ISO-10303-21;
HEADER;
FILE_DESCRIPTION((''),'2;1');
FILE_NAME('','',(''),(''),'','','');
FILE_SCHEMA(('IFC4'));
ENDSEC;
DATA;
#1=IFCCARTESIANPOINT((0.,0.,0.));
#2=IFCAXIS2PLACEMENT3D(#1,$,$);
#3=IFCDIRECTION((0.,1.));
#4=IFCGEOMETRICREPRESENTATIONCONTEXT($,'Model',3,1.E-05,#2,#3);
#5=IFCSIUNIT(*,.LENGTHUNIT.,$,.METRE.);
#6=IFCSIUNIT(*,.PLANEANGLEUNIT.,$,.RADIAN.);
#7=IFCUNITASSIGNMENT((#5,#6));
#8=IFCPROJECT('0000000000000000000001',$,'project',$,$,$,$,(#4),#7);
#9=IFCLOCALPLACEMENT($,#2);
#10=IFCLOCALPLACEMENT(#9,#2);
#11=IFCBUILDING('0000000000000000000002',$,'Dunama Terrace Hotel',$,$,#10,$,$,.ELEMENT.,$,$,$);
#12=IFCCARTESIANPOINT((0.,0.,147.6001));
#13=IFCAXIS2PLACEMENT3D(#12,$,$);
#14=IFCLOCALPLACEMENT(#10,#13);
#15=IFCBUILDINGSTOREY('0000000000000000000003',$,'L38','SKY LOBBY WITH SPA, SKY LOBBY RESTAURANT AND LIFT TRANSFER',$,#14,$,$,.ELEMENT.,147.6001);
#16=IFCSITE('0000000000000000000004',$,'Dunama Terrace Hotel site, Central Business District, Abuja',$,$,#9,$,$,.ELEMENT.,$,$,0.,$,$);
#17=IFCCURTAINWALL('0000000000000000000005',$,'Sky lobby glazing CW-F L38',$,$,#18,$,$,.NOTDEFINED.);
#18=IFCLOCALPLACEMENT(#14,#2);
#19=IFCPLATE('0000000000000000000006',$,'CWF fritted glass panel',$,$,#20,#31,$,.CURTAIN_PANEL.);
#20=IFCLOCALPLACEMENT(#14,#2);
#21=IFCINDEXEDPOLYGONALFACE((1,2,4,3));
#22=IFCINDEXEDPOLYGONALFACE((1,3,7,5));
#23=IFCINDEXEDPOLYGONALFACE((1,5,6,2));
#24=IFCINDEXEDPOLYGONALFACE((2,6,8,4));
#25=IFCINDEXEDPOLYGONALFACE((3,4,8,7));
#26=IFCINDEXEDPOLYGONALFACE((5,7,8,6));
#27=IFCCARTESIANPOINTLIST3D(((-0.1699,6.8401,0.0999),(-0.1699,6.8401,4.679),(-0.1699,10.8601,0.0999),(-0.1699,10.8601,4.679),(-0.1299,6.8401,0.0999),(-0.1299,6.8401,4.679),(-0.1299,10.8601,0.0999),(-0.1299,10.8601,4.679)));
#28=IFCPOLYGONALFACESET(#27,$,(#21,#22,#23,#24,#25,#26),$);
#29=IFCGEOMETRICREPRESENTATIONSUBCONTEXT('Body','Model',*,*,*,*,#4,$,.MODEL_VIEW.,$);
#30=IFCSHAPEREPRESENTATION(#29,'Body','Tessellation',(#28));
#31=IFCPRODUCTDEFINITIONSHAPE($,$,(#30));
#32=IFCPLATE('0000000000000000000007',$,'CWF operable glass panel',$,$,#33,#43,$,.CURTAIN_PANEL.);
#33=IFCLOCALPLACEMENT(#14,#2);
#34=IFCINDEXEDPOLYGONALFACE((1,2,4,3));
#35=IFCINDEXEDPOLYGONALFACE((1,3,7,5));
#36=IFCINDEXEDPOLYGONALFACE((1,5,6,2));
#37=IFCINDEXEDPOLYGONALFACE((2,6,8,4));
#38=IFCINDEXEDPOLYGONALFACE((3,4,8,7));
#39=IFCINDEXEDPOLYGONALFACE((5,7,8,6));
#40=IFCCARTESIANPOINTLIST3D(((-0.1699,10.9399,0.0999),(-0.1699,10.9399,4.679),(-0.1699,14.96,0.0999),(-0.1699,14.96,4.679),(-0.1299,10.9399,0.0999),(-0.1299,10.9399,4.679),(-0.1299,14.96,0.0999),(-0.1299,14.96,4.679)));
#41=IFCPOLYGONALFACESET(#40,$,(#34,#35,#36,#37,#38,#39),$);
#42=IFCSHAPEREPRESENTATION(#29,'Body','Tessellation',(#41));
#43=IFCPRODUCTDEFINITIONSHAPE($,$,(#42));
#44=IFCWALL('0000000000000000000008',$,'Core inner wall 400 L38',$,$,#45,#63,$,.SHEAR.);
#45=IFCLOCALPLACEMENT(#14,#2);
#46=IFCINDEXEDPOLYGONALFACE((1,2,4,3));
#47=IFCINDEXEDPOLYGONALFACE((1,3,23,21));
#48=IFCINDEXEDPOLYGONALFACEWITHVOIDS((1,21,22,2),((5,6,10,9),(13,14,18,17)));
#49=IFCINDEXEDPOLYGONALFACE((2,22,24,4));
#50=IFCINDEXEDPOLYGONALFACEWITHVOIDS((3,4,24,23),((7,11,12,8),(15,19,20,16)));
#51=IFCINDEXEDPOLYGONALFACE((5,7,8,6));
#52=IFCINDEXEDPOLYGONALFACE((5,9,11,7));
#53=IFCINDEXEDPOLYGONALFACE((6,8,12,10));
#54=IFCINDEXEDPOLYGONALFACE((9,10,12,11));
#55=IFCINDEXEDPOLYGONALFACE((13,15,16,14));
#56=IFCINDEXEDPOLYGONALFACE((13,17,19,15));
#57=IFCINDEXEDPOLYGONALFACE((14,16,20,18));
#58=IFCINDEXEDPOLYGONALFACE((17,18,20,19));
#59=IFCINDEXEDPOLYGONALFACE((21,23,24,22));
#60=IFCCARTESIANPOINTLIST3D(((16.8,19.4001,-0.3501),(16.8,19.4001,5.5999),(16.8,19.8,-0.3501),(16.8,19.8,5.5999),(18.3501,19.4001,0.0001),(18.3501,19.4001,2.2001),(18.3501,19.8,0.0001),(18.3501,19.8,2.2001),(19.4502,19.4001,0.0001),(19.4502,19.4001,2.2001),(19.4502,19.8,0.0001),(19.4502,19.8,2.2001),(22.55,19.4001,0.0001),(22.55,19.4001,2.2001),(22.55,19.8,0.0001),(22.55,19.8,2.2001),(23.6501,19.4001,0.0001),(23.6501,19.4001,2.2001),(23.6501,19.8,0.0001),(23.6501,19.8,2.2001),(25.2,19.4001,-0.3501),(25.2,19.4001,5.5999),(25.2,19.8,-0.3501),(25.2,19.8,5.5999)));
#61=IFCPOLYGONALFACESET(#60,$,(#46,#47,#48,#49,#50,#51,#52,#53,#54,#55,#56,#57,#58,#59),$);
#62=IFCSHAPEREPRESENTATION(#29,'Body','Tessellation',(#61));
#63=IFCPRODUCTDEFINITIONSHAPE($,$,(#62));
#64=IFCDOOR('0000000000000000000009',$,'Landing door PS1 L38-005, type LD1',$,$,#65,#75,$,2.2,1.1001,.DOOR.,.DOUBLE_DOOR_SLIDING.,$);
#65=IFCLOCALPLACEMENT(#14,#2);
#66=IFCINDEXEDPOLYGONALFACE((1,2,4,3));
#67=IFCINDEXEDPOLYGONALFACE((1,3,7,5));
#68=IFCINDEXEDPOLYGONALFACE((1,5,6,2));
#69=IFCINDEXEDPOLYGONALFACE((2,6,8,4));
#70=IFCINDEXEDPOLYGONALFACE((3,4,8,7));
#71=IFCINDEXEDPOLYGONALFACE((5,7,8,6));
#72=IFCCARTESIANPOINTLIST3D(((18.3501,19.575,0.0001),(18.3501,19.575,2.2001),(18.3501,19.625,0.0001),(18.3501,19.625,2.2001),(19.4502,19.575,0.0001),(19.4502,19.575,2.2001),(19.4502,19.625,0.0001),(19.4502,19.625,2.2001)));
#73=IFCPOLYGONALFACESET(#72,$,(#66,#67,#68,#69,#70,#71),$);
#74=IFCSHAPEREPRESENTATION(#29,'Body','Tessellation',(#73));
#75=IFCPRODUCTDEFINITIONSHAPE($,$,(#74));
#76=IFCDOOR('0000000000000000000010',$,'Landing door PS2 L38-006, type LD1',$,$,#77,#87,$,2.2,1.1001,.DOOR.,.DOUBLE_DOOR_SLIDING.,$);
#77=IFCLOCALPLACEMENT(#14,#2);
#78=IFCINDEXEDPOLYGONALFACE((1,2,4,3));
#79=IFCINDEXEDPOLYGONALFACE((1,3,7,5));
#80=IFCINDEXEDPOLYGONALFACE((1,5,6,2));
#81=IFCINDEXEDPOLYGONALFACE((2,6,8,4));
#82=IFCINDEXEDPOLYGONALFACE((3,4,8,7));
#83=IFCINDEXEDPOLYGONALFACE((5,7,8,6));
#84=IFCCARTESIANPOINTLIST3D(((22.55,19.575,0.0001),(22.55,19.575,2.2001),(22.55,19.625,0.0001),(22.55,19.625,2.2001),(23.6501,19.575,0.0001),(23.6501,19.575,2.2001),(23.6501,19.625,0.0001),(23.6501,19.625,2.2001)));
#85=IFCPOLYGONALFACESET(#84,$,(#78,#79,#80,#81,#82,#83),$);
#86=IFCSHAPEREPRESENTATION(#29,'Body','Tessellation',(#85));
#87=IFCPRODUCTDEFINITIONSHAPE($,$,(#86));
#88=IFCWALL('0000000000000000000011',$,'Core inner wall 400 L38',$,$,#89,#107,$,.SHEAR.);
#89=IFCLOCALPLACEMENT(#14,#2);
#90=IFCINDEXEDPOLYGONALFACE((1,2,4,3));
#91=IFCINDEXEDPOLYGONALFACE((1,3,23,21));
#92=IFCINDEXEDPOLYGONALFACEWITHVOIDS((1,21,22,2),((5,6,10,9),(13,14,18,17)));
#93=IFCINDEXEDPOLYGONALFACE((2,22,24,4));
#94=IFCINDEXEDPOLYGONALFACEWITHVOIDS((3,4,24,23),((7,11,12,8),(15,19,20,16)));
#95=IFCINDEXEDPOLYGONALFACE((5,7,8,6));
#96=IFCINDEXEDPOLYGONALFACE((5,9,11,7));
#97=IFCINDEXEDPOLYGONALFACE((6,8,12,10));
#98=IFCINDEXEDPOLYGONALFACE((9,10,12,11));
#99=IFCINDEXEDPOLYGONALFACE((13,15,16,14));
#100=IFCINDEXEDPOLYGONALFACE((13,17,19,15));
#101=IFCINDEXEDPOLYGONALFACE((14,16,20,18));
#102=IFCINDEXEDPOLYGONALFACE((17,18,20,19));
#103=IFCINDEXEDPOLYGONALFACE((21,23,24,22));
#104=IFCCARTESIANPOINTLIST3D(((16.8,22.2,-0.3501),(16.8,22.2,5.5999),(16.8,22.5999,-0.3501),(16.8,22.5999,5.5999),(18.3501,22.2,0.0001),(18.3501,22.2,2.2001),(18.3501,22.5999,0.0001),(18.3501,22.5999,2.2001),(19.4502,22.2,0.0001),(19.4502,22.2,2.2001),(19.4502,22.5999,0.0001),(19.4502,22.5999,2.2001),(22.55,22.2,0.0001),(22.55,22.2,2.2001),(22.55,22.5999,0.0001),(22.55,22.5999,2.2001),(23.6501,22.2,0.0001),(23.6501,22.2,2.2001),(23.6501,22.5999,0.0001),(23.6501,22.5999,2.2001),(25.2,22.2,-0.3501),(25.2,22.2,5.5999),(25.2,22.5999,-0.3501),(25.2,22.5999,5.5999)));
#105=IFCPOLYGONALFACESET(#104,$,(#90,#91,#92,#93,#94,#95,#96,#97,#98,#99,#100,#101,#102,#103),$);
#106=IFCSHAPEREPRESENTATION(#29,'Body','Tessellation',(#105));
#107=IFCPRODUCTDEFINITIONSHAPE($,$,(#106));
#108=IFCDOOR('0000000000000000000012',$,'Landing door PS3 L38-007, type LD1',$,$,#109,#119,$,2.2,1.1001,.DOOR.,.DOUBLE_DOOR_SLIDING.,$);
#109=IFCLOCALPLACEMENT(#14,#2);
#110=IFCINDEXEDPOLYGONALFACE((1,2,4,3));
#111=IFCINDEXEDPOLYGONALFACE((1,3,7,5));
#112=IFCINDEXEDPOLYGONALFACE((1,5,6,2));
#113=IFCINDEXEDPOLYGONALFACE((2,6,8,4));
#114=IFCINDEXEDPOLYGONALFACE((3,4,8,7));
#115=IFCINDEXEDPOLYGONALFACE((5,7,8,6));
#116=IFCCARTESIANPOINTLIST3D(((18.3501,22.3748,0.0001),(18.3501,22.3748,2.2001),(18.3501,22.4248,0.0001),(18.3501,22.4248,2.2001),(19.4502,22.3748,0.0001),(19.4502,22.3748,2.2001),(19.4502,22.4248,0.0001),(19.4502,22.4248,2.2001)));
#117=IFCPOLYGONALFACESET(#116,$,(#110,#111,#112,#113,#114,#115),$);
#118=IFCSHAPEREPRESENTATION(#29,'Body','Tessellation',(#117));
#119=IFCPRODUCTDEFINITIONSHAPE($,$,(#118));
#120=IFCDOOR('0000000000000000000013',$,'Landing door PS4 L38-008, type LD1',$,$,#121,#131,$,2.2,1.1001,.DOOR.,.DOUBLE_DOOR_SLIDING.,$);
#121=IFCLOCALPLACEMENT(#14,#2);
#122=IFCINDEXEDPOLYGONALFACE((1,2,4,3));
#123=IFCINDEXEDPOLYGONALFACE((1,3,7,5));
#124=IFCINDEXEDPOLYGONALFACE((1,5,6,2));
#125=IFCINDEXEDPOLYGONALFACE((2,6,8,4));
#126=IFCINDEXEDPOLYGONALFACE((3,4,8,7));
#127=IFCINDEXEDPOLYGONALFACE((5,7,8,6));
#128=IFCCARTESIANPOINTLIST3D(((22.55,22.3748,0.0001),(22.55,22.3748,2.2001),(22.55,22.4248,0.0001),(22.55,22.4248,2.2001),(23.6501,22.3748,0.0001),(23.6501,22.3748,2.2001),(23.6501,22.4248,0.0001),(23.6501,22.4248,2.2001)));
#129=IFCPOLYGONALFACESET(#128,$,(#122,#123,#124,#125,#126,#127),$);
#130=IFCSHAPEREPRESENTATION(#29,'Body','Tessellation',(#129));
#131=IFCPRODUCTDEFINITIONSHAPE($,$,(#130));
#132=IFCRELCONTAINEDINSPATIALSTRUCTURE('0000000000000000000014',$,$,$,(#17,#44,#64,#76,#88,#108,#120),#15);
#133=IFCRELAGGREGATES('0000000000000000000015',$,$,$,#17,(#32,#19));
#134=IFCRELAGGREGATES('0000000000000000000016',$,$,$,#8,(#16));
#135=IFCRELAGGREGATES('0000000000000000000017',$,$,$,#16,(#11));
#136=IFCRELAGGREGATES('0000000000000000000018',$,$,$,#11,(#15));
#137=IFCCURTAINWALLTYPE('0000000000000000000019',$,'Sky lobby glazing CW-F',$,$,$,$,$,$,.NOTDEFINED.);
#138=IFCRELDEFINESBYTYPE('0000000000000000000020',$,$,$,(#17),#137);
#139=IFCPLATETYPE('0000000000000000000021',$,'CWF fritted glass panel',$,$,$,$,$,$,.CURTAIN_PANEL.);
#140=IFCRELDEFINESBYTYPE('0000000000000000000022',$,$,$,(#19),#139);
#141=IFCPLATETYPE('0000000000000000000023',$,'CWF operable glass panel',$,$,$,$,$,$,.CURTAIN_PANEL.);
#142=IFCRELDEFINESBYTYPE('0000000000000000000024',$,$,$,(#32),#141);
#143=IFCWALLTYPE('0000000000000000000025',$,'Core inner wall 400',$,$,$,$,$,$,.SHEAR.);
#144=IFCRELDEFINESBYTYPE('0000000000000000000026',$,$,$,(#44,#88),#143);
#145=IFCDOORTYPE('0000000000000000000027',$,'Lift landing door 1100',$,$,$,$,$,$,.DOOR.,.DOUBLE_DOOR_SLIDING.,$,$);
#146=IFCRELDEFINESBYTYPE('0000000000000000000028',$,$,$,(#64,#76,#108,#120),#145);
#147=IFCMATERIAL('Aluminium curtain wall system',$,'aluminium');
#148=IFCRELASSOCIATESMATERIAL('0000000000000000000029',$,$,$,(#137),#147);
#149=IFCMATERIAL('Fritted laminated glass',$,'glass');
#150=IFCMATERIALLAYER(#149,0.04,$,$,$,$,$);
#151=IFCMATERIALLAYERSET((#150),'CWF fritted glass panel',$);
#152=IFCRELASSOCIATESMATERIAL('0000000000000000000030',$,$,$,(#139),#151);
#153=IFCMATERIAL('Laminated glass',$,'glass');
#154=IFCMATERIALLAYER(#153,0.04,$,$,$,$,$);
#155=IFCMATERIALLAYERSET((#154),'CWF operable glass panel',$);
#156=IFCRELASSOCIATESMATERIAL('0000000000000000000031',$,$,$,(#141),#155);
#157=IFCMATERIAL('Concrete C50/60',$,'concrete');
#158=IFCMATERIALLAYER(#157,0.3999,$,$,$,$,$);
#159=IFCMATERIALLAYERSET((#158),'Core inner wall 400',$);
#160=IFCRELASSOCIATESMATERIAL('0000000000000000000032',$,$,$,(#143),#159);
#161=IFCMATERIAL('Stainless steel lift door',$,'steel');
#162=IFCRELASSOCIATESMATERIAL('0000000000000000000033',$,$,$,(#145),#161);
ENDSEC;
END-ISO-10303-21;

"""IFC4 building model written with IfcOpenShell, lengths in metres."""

from ifc_helpers import new_model, si_unit, direction, frame, frame_2d, origin, origin_2d, place, context, subcontext, project, spatial, rectangle, extrude, material, layer, layer_set, type_object, element, fill, aggregate, save


model = new_model("IFC4")

# Units and contexts
model_context = context("Model", 3, precision=1e-05, world=origin(), true_north=direction((0.0, 1.0)))
body_context = subcontext(model_context, "Body", "Model", "MODEL_VIEW")
ifc_project = project(units=[si_unit("LENGTHUNIT", "METRE"), si_unit("PLANEANGLEUNIT", "RADIAN")], contexts=[model_context])

# Site, building, storey
site_placement = place(None, origin())
site = spatial("IfcSite", under=ifc_project, at=site_placement, Name="Dunama Terrace Hotel site, Central Business District, Abuja", CompositionType="ELEMENT", RefElevation=0.0)
building_placement = place(site_placement, origin())
building = spatial("IfcBuilding", under=site, at=building_placement, Name="Dunama Terrace Hotel", CompositionType="ELEMENT")
storey_placement = place(building_placement, frame((0.0, 0.0, 147.6001)))
storey = spatial("IfcBuildingStorey", under=building, at=storey_placement, Name="L38", Description="SKY LOBBY WITH SPA, SKY LOBBY RESTAURANT AND LIFT TRANSFER", CompositionType="ELEMENT", Elevation=147.6001)

# Curtain wall, plates
ifc_material_1 = material(Name="Aluminium curtain wall system", Category="aluminium")
curtain_wall_type = type_object("IfcCurtainWallType", Name="Sky lobby glazing CW-F", PredefinedType="NOTDEFINED", material=ifc_material_1)
curtain_wall_placement = place(storey_placement, origin())
curtain_wall = element("IfcCurtainWall", 1, at=curtain_wall_placement, inside=storey, type_object=curtain_wall_type, Name="Sky lobby glazing CW-F L38", PredefinedType="NOTDEFINED")
ifc_material_2 = material(Name="Fritted laminated glass", Category="glass")
ifc_layer_1 = layer(ifc_material_2, 0.04)
ifc_layer_set_1 = layer_set([ifc_layer_1], Name="CWF fritted glass panel")
plate_type_1 = type_object("IfcPlateType", Name="CWF fritted glass panel", PredefinedType="CURTAIN_PANEL", material=ifc_layer_set_1)
plate_1_placement = place(storey_placement, frame((-0.1499, 8.8501, 0.0999), z_axis=(0.0, 0.0, 1.0), x_axis=(0.0, -1.0, 0.0)))
plate_1 = element("IfcPlate", 2, at=plate_1_placement, type_object=plate_type_1, Name="CWF fritted glass panel", PredefinedType="CURTAIN_PANEL", context=body_context, shape_type="SweptSolid", body=[
    extrude(rectangle(XDim=4.02, YDim=0.04, at=origin_2d()), origin(), (0.0, 0.0, 1.0), 4.5791),
])
ifc_material_3 = material(Name="Laminated glass", Category="glass")
ifc_layer_2 = layer(ifc_material_3, 0.04)
ifc_layer_set_2 = layer_set([ifc_layer_2], Name="CWF operable glass panel")
plate_type_2 = type_object("IfcPlateType", Name="CWF operable glass panel", PredefinedType="CURTAIN_PANEL", material=ifc_layer_set_2)
plate_2_placement = place(storey_placement, frame((-0.1499, 12.95, 0.0999), z_axis=(0.0, 0.0, 1.0), x_axis=(0.0, -1.0, 0.0)))
plate_2 = element("IfcPlate", 3, at=plate_2_placement, type_object=plate_type_2, Name="CWF operable glass panel", PredefinedType="CURTAIN_PANEL", context=body_context, shape_type="SweptSolid", body=[
    extrude(rectangle(XDim=4.02, YDim=0.04, at=origin_2d()), origin(), (0.0, 0.0, 1.0), 4.5791),
])
aggregate(curtain_wall, [plate_2, plate_1])

# Walls, openings, doors
ifc_material_4 = material(Name="Concrete C50/60", Category="concrete")
ifc_layer_3 = layer(ifc_material_4, 0.3999)
ifc_layer_set_3 = layer_set([ifc_layer_3], Name="Core inner wall 400")
wall_type_1 = type_object("IfcWallType", Name="Core inner wall 400", PredefinedType="SHEAR", material=ifc_layer_set_3)
wall_1_placement = place(storey_placement, frame((16.8, 19.6001, -0.3501), z_axis=(0.0, 0.0, 1.0), x_axis=(1.0, 0.0, 0.0)))
wall_1 = element("IfcWall", 4, at=wall_1_placement, inside=storey, type_object=wall_type_1, Name="Core inner wall 400 L38", PredefinedType="SHEAR", context=body_context, shape_type="SweptSolid", body=[
    extrude(rectangle(XDim=8.3999, YDim=0.3999, at=frame_2d((4.2, 0.0))), origin(), (0.0, 0.0, 1.0), 5.95),
])
opening_1_placement = place(wall_1_placement, frame((1.55, 0.0, 0.3501)))
opening_1 = element("IfcOpeningElement", 5, at=opening_1_placement, cuts=wall_1, PredefinedType="OPENING", context=body_context, shape_type="SweptSolid", body=[
    extrude(rectangle(XDim=1.1001, YDim=2.2, at=frame_2d((0.55, 1.1001))), frame((0.0, 0.21, 0.0), z_axis=(0.0, -1.0, 0.0), x_axis=(1.0, 0.0, 0.0)), (0.0, 0.0, 1.0), 0.4199),
])
opening_2_placement = place(wall_1_placement, frame((5.75, 0.0, 0.3501)))
opening_2 = element("IfcOpeningElement", 6, at=opening_2_placement, cuts=wall_1, PredefinedType="OPENING", context=body_context, shape_type="SweptSolid", body=[
    extrude(rectangle(XDim=1.1001, YDim=2.2, at=frame_2d((0.55, 1.1001))), frame((0.0, 0.21, 0.0), z_axis=(0.0, -1.0, 0.0), x_axis=(1.0, 0.0, 0.0)), (0.0, 0.0, 1.0), 0.4199),
])
ifc_material_5 = material(Name="Stainless steel lift door", Category="steel")
door_type_1 = type_object("IfcDoorType", Name="Lift landing door 1100", OperationType="DOUBLE_DOOR_SLIDING", PredefinedType="DOOR", material=ifc_material_5)
door_1_placement = place(opening_1_placement, origin())
door_1 = element("IfcDoor", 7, at=door_1_placement, inside=storey, type_object=door_type_1, Name="Landing door PS1 L38-005, type LD1", OperationType="DOUBLE_DOOR_SLIDING", OverallHeight=2.2, OverallWidth=1.1001, PredefinedType="DOOR", context=body_context, shape_type="SweptSolid", body=[
    extrude(rectangle(XDim=1.1001, YDim=2.2, at=frame_2d((0.55, 1.1001))), frame((0.0, 0.0249, 0.0), z_axis=(0.0, -1.0, 0.0), x_axis=(1.0, 0.0, 0.0)), (0.0, 0.0, 1.0), 0.05),
])
fill(opening_1, door_1)
door_2_placement = place(opening_2_placement, origin())
door_2 = element("IfcDoor", 8, at=door_2_placement, inside=storey, type_object=door_type_1, Name="Landing door PS2 L38-006, type LD1", OperationType="DOUBLE_DOOR_SLIDING", OverallHeight=2.2, OverallWidth=1.1001, PredefinedType="DOOR", context=body_context, shape_type="SweptSolid", body=[
    extrude(rectangle(XDim=1.1001, YDim=2.2, at=frame_2d((0.55, 1.1001))), frame((0.0, 0.0249, 0.0), z_axis=(0.0, -1.0, 0.0), x_axis=(1.0, 0.0, 0.0)), (0.0, 0.0, 1.0), 0.05),
])
fill(opening_2, door_2)
wall_2_placement = place(storey_placement, frame((16.8, 22.3999, -0.3501), z_axis=(0.0, 0.0, 1.0), x_axis=(1.0, 0.0, 0.0)))
wall_2 = element("IfcWall", 9, at=wall_2_placement, inside=storey, type_object=wall_type_1, Name="Core inner wall 400 L38", PredefinedType="SHEAR", context=body_context, shape_type="SweptSolid", body=[
    extrude(rectangle(XDim=8.3999, YDim=0.3999, at=frame_2d((4.2, 0.0))), origin(), (0.0, 0.0, 1.0), 5.95),
])
opening_3_placement = place(wall_2_placement, frame((1.55, 0.0, 0.3501)))
opening_3 = element("IfcOpeningElement", 10, at=opening_3_placement, cuts=wall_2, PredefinedType="OPENING", context=body_context, shape_type="SweptSolid", body=[
    extrude(rectangle(XDim=1.1001, YDim=2.2, at=frame_2d((0.55, 1.1001))), frame((0.0, 0.21, 0.0), z_axis=(0.0, -1.0, 0.0), x_axis=(1.0, 0.0, 0.0)), (0.0, 0.0, 1.0), 0.4199),
])
opening_4_placement = place(wall_2_placement, frame((5.75, 0.0, 0.3501)))
opening_4 = element("IfcOpeningElement", 11, at=opening_4_placement, cuts=wall_2, PredefinedType="OPENING", context=body_context, shape_type="SweptSolid", body=[
    extrude(rectangle(XDim=1.1001, YDim=2.2, at=frame_2d((0.55, 1.1001))), frame((0.0, 0.21, 0.0), z_axis=(0.0, -1.0, 0.0), x_axis=(1.0, 0.0, 0.0)), (0.0, 0.0, 1.0), 0.4199),
])
door_3_placement = place(opening_3_placement, origin())
door_3 = element("IfcDoor", 12, at=door_3_placement, inside=storey, type_object=door_type_1, Name="Landing door PS3 L38-007, type LD1", OperationType="DOUBLE_DOOR_SLIDING", OverallHeight=2.2, OverallWidth=1.1001, PredefinedType="DOOR", context=body_context, shape_type="SweptSolid", body=[
    extrude(rectangle(XDim=1.1001, YDim=2.2, at=frame_2d((0.55, 1.1001))), frame((0.0, 0.0249, 0.0), z_axis=(0.0, -1.0, 0.0), x_axis=(1.0, 0.0, 0.0)), (0.0, 0.0, 1.0), 0.05),
])
fill(opening_3, door_3)
door_4_placement = place(opening_4_placement, origin())
door_4 = element("IfcDoor", 13, at=door_4_placement, inside=storey, type_object=door_type_1, Name="Landing door PS4 L38-008, type LD1", OperationType="DOUBLE_DOOR_SLIDING", OverallHeight=2.2, OverallWidth=1.1001, PredefinedType="DOOR", context=body_context, shape_type="SweptSolid", body=[
    extrude(rectangle(XDim=1.1001, YDim=2.2, at=frame_2d((0.55, 1.1001))), frame((0.0, 0.0249, 0.0), z_axis=(0.0, -1.0, 0.0), x_axis=(1.0, 0.0, 0.0)), (0.0, 0.0, 1.0), 0.05),
])
fill(opening_4, door_4)

save(model, "model.ifc")
